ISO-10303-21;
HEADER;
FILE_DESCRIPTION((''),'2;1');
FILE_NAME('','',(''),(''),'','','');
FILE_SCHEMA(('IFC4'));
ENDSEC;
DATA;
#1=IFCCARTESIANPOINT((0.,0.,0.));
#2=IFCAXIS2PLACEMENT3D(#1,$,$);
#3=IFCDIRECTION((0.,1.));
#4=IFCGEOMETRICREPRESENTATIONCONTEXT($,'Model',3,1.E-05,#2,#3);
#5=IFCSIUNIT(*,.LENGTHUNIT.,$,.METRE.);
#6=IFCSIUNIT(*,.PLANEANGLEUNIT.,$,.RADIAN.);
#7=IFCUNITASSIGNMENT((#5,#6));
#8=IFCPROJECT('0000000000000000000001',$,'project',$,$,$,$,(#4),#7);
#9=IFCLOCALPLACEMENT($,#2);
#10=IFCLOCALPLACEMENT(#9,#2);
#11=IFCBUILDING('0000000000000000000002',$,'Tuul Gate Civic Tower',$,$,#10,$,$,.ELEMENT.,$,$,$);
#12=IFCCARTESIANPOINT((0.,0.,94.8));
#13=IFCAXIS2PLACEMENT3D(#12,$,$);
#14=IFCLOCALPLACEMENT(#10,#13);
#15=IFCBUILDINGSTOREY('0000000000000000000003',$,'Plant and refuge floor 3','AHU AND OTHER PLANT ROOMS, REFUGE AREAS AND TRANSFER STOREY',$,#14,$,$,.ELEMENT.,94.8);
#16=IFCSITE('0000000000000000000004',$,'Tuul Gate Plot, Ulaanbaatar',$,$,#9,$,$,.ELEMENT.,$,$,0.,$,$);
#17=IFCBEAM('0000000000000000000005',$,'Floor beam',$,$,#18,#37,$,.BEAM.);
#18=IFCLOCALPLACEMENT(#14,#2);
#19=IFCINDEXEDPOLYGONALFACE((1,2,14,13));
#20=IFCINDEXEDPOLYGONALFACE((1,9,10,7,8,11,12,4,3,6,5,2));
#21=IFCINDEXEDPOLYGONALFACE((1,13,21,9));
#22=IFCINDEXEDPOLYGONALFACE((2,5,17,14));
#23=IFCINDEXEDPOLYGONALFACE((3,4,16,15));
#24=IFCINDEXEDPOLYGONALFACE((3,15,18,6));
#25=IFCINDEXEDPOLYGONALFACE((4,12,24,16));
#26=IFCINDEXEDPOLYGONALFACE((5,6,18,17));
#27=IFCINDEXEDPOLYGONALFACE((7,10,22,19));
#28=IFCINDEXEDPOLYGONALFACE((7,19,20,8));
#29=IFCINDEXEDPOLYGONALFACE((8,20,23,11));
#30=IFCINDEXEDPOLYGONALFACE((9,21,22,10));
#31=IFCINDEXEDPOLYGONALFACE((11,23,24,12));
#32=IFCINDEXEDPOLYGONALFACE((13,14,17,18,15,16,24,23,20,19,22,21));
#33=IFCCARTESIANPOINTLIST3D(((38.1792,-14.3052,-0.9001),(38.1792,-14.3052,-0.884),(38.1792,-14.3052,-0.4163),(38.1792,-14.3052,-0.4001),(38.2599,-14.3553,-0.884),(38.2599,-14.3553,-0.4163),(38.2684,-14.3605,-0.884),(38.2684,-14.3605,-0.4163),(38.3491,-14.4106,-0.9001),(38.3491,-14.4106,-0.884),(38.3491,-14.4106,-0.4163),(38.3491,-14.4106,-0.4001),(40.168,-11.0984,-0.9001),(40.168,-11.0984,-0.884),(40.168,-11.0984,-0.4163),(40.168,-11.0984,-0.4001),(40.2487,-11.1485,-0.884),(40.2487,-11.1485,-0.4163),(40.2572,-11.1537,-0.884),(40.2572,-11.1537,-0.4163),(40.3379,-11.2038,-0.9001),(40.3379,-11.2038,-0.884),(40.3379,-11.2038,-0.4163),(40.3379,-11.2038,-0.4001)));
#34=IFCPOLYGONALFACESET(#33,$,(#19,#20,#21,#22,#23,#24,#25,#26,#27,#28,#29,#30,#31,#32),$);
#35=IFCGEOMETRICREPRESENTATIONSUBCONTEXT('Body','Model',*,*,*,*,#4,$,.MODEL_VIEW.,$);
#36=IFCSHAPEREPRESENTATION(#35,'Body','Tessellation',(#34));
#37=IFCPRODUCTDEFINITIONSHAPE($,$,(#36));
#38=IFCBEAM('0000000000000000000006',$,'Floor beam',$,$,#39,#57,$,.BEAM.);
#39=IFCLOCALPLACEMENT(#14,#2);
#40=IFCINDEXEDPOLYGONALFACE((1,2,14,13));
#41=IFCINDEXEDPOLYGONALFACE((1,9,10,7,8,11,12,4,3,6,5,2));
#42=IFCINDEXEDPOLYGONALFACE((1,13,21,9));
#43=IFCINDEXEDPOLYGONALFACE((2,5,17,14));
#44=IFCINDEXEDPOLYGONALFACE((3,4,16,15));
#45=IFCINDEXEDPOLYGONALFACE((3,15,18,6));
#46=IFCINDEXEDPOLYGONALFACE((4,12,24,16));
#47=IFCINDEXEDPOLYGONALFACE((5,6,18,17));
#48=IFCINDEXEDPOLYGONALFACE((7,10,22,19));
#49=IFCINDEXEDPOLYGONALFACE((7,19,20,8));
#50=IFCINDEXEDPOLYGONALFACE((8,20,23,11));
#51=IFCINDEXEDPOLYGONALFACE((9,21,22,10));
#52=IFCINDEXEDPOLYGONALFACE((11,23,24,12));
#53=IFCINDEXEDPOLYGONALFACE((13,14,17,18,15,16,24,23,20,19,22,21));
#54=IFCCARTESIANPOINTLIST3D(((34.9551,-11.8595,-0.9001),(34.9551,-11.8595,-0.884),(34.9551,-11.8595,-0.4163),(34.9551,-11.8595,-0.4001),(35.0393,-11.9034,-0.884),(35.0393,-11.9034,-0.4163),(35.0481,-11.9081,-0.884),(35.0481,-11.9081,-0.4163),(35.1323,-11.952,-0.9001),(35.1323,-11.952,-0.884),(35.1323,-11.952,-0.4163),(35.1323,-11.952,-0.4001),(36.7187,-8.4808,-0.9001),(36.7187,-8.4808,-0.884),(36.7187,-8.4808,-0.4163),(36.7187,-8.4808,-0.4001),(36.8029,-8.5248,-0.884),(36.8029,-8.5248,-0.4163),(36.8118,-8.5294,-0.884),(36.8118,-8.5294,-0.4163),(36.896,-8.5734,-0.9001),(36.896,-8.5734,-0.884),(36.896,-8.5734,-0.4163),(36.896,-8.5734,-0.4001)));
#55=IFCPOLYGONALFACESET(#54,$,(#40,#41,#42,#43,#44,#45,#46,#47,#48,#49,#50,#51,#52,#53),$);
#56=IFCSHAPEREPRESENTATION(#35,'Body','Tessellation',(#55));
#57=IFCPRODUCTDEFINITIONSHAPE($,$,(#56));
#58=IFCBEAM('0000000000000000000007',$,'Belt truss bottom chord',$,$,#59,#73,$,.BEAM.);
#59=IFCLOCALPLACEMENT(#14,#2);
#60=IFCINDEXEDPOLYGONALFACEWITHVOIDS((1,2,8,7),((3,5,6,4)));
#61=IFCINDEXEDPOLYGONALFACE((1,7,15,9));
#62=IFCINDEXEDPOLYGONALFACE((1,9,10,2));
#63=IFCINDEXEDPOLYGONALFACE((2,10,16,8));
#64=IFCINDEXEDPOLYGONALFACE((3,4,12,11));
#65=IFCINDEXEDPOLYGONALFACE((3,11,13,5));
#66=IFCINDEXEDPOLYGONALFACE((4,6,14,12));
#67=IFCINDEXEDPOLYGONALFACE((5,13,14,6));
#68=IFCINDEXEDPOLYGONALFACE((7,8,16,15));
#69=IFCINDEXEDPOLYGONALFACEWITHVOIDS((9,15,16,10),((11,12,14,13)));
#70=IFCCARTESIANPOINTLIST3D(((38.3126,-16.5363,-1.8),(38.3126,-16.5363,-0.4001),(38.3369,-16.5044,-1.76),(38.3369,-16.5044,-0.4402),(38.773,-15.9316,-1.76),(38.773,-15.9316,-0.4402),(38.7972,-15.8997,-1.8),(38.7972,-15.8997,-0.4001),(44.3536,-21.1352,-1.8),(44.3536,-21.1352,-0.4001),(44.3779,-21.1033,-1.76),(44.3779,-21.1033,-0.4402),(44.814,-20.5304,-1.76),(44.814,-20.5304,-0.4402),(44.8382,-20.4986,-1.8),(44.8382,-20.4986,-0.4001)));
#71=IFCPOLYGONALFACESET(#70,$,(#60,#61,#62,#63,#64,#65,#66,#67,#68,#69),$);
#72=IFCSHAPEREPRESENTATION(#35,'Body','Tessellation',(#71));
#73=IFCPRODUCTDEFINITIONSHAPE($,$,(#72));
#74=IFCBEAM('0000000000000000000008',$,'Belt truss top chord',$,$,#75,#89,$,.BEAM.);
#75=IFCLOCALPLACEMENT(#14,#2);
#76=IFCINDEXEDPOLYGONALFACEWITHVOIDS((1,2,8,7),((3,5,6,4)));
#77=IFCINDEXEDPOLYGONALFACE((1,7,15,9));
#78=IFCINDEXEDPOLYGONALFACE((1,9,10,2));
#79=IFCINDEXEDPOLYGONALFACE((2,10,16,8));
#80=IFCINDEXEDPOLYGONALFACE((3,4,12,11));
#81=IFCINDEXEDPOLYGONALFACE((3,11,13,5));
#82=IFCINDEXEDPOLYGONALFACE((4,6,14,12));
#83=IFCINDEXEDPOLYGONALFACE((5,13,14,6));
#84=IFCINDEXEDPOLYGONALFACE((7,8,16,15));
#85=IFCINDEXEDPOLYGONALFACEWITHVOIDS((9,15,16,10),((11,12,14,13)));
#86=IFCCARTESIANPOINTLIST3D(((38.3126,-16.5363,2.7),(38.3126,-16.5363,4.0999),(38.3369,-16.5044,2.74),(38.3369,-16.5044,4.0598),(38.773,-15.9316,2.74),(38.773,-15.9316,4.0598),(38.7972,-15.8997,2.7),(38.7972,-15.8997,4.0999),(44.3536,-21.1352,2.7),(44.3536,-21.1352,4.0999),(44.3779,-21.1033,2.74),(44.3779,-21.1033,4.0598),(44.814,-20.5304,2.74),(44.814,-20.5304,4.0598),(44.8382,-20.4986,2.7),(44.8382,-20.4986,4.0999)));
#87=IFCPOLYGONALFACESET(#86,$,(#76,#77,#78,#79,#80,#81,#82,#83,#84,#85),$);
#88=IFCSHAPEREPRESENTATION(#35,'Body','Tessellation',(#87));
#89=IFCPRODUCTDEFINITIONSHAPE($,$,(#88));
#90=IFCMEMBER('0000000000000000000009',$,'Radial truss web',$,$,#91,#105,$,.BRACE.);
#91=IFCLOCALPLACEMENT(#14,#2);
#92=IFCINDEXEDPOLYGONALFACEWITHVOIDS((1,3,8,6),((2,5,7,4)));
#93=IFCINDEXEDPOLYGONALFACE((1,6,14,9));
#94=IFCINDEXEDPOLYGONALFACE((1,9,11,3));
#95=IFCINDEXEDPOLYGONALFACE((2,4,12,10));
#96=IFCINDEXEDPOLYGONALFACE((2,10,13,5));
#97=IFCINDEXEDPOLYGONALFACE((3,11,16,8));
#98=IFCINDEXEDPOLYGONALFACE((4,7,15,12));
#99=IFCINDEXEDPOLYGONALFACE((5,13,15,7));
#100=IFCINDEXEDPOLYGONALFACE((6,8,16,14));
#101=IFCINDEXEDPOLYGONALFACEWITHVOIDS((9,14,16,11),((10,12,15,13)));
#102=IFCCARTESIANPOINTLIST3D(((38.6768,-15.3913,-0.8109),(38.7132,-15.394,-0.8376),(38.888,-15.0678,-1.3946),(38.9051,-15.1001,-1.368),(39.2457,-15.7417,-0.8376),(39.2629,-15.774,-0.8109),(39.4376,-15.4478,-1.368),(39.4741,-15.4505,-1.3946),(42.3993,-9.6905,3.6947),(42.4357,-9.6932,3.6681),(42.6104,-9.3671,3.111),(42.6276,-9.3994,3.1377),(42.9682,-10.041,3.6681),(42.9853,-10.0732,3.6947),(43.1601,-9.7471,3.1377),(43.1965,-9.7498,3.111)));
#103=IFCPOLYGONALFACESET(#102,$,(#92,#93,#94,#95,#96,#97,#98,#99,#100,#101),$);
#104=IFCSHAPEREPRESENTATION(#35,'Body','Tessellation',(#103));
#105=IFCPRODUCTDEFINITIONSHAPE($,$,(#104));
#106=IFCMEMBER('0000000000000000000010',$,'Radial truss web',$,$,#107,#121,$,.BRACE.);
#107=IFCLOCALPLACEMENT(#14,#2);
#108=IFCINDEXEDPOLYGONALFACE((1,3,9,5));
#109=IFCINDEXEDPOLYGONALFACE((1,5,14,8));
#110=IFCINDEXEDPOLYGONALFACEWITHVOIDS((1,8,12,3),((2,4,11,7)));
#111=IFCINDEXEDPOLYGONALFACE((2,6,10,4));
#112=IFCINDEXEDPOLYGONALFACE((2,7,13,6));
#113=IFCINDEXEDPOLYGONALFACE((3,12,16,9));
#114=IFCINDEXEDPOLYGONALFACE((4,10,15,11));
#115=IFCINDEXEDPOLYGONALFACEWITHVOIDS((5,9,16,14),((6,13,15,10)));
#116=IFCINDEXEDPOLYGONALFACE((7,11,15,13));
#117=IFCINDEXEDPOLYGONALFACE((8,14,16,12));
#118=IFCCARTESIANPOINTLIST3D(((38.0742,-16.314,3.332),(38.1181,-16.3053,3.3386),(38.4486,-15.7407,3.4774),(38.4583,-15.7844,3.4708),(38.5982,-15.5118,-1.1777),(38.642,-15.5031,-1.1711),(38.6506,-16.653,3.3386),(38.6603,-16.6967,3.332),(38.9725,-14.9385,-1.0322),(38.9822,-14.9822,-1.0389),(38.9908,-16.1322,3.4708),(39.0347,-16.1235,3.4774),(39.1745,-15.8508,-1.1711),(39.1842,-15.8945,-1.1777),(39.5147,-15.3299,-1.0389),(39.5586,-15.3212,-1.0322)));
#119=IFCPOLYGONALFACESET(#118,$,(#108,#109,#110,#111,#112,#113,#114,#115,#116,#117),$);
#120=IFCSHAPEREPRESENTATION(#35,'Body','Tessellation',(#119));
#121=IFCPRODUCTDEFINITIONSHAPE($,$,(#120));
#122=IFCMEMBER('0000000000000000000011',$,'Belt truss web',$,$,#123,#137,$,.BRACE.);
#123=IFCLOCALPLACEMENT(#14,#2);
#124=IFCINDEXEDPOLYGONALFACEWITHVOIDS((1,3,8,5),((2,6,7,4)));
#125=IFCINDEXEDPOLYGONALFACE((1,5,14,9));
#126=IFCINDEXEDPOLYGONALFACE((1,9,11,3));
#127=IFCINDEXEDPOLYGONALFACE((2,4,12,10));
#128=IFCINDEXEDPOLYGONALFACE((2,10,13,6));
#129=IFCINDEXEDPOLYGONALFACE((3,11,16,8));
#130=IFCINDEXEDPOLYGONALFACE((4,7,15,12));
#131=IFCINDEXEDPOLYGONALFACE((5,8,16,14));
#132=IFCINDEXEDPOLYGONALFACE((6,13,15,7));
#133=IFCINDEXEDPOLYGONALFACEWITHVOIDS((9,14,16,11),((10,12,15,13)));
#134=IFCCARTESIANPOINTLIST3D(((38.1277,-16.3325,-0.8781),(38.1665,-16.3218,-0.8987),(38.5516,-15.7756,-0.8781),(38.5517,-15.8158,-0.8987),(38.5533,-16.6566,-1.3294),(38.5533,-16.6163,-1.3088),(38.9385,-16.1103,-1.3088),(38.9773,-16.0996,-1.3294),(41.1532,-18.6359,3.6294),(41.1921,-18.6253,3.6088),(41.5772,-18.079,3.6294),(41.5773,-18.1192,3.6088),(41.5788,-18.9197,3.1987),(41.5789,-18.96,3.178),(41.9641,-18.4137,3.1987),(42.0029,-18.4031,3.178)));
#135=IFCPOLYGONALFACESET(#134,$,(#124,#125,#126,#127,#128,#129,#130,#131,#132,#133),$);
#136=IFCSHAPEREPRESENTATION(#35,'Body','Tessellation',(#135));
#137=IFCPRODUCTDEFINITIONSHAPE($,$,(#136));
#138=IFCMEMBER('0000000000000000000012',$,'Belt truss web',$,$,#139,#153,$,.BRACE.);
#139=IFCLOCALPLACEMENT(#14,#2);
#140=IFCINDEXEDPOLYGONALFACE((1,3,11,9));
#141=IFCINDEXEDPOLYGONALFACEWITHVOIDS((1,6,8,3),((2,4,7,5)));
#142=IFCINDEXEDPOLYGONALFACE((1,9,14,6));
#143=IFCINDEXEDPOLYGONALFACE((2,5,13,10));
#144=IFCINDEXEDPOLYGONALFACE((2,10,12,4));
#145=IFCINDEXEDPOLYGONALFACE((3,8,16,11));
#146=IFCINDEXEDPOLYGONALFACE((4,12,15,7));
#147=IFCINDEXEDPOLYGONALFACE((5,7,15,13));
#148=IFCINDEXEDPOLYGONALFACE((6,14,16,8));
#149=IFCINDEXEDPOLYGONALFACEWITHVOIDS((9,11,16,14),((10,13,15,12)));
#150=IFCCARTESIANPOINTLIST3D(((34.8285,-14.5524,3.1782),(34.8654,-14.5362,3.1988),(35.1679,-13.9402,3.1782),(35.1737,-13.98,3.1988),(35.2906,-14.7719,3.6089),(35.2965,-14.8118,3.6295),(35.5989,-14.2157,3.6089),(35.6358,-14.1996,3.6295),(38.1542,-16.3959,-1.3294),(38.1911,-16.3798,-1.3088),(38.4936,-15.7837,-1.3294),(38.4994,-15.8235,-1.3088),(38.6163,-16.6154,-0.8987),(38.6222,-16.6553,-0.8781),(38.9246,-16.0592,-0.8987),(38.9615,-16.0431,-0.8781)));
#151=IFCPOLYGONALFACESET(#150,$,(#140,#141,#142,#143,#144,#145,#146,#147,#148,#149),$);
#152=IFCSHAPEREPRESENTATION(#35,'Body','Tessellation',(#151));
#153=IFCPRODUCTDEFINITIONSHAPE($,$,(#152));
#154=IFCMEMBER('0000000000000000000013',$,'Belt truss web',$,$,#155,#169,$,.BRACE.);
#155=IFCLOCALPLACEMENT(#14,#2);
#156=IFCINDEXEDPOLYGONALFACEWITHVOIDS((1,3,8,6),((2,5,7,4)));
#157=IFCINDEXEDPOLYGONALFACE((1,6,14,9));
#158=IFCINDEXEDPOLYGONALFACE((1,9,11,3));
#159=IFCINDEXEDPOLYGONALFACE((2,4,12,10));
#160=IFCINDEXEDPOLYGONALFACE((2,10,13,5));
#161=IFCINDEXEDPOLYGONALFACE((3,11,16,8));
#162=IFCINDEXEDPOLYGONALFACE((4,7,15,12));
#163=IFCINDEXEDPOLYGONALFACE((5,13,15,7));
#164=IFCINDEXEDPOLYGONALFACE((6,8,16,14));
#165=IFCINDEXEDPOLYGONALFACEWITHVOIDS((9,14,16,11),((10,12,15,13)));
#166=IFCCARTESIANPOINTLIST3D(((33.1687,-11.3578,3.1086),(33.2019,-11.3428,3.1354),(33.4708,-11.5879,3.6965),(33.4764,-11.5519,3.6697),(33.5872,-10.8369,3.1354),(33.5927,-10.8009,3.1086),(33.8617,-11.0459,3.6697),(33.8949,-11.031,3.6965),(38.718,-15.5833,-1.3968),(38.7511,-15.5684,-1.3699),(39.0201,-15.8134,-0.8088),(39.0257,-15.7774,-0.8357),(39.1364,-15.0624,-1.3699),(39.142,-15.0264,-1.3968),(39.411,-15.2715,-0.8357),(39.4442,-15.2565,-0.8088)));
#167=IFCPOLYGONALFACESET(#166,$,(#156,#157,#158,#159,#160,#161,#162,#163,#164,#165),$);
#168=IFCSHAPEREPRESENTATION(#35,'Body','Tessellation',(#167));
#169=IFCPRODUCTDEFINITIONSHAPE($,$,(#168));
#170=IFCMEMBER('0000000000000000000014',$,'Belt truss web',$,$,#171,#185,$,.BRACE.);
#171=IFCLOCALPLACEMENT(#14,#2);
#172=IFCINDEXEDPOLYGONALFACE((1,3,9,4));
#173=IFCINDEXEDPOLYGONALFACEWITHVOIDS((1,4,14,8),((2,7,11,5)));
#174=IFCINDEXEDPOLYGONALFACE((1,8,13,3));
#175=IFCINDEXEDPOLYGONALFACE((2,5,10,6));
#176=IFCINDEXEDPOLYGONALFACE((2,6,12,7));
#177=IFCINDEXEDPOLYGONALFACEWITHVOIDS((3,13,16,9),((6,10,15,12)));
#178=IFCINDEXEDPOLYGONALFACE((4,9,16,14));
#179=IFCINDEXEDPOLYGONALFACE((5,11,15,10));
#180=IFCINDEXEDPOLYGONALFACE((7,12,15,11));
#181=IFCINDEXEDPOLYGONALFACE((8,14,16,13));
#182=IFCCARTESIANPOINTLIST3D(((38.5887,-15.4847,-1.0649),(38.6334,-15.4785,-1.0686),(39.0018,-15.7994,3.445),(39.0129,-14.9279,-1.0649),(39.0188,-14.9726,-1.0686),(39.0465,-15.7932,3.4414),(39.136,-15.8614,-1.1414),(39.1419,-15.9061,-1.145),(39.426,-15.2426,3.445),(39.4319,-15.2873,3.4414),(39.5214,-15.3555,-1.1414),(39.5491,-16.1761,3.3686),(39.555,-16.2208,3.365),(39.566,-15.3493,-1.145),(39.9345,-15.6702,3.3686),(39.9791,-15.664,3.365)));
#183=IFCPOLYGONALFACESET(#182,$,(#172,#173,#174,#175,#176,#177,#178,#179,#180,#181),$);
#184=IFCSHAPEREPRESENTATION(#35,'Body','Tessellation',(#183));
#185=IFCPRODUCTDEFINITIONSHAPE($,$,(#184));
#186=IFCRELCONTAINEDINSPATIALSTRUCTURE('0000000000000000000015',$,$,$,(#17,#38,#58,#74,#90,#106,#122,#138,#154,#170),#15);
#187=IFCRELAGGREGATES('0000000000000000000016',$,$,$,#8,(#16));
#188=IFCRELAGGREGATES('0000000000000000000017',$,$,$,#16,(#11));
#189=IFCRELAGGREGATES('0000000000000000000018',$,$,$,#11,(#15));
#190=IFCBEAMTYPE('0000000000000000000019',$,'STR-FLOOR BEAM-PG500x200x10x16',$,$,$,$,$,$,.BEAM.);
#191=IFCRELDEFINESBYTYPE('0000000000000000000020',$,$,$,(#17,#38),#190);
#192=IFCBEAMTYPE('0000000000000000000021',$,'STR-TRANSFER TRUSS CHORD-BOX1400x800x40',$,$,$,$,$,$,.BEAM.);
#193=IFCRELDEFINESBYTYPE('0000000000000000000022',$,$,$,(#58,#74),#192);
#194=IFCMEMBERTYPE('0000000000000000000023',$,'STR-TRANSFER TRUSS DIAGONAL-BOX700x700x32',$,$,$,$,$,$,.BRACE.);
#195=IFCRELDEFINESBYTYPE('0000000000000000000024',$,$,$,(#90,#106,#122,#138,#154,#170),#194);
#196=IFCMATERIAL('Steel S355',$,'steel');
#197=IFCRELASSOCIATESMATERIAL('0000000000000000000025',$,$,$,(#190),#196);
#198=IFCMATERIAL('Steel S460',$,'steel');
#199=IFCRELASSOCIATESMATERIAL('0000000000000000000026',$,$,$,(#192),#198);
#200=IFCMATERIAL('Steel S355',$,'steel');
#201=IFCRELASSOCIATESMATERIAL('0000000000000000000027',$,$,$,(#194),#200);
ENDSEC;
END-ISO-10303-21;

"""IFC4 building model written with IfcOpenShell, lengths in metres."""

from ifc_helpers import new_model, si_unit, direction, frame, origin, origin_2d, place, context, subcontext, project, spatial, hollow_rectangle, i_section, extrude, material, material_profile, profile_set, type_object, element, save


model = new_model("IFC4")

# Units and contexts
model_context = context("Model", 3, precision=1e-05, world=origin(), true_north=direction((0.0, 1.0)))
body_context = subcontext(model_context, "Body", "Model", "MODEL_VIEW")
ifc_project = project(units=[si_unit("LENGTHUNIT", "METRE"), si_unit("PLANEANGLEUNIT", "RADIAN")], contexts=[model_context])

# Site, building, storey
site_placement = place(None, origin())
site = spatial("IfcSite", under=ifc_project, at=site_placement, Name="Tuul Gate Plot, Ulaanbaatar", CompositionType="ELEMENT", RefElevation=0.0)
building_placement = place(site_placement, origin())
building = spatial("IfcBuilding", under=site, at=building_placement, Name="Tuul Gate Civic Tower", CompositionType="ELEMENT")
storey_placement = place(building_placement, frame((0.0, 0.0, 94.8)))
storey = spatial("IfcBuildingStorey", under=building, at=storey_placement, Name="Plant and refuge floor 3", Description="AHU AND OTHER PLANT ROOMS, REFUGE AREAS AND TRANSFER STOREY", CompositionType="ELEMENT", Elevation=94.8)

# Beams
ifc_material_1 = material(Name="Steel S355", Category="steel")
ifc_material_profile_1 = material_profile(ifc_material_1, i_section(OverallWidth=0.2, OverallDepth=0.5, WebThickness=0.01, FlangeThickness=0.0161, at=origin_2d()), Name="PG500x200x10x16")
ifc_profile_set_1 = profile_set([ifc_material_profile_1], Name="Steel S355")
beam_type_1 = type_object("IfcBeamType", Name="STR-FLOOR BEAM-PG500x200x10x16", PredefinedType="BEAM", material=ifc_profile_set_1)
beam_1_placement = place(storey_placement, frame((38.2642, -14.3579, -0.6501), z_axis=(0.527047, 0.849836, 0.0), x_axis=(-0.849836, 0.527047, 0.0)))
element("IfcBeam", 1, at=beam_1_placement, inside=storey, type_object=beam_type_1, Name="Floor beam", PredefinedType="BEAM", context=body_context, shape_type="SweptSolid", body=[
    extrude(i_section(OverallWidth=0.2, OverallDepth=0.5, WebThickness=0.01, FlangeThickness=0.0161, at=origin_2d()), origin(), (0.0, 0.0, 1.0), 3.7734),
])
beam_2_placement = place(storey_placement, frame((35.0437, -11.9058, -0.6501), z_axis=(0.46275, 0.886489, 0.0), x_axis=(-0.886489, 0.46275, 0.0)))
element("IfcBeam", 2, at=beam_2_placement, inside=storey, type_object=beam_type_1, Name="Floor beam", PredefinedType="BEAM", context=body_context, shape_type="SweptSolid", body=[
    extrude(i_section(OverallWidth=0.2, OverallDepth=0.5, WebThickness=0.01, FlangeThickness=0.0161, at=origin_2d()), origin(), (0.0, 0.0, 1.0), 3.8113),
])
ifc_material_2 = material(Name="Steel S460", Category="steel")
ifc_material_profile_2 = material_profile(ifc_material_2, hollow_rectangle(XDim=0.8, YDim=1.3999, WallThickness=0.04, at=origin_2d()), Name="BOX1400x800x40")
ifc_profile_set_2 = profile_set([ifc_material_profile_2], Name="Steel S460")
beam_type_2 = type_object("IfcBeamType", Name="STR-TRANSFER TRUSS CHORD-BOX1400x800x40", PredefinedType="BEAM", material=ifc_profile_set_2)
for number, where, z_axis, x_axis, name in (
    (3, (38.5549, -16.218, -1.1001), (0.795673, -0.605726, 0.0), (0.605726, 0.795673, 0.0), "Belt truss bottom chord"),
    (4, (38.5549, -16.218, 3.3999), (0.795673, -0.605726, 0.0), (0.605726, 0.795673, 0.0), "Belt truss top chord"),
):
    element("IfcBeam", number, at=place(storey_placement, frame(where, z_axis=z_axis, x_axis=x_axis)), inside=storey, type_object=beam_type_2, Name=name, PredefinedType="BEAM", context=body_context, shape_type="SweptSolid", body=[
        extrude(hollow_rectangle(XDim=0.8, YDim=1.3999, WallThickness=0.04, at=origin_2d()), origin(), (0.0, 0.0, 1.0), 7.5923),
    ])

# Members
ifc_material_3 = material(Name="Steel S355", Category="steel")
ifc_material_profile_3 = material_profile(ifc_material_3, hollow_rectangle(XDim=0.7, YDim=0.7, WallThickness=0.032, at=origin_2d()), Name="BOX700x700x32")
ifc_profile_set_3 = profile_set([ifc_material_profile_3], Name="Steel S355")
member_type_1 = type_object("IfcMemberType", Name="STR-TRANSFER TRUSS DIAGONAL-BOX700x700x32", PredefinedType="BRACE", material=ifc_profile_set_3)
member_1_placement = place(storey_placement, frame((39.0754, -15.4209, -1.1028), z_axis=(0.455941, 0.698251, 0.551872), x_axis=(-0.837303, 0.546739, 0.0)))
element("IfcMember", 5, at=member_1_placement, inside=storey, type_object=member_type_1, Name="Radial truss web", PredefinedType="BRACE", context=body_context, shape_type="SweptSolid", body=[
    extrude(hollow_rectangle(XDim=0.7, YDim=0.7, WallThickness=0.032, at=origin_2d()), origin(), (0.0, 0.0, 1.0), 8.1643),
])
member_2_placement = place(storey_placement, frame((39.0784, -15.4165, -1.105), z_axis=(-0.113639, -0.174007, 0.978166), x_axis=(0.837266, -0.546796, 0.0)))
element("IfcMember", 6, at=member_2_placement, inside=storey, type_object=member_type_1, Name="Radial truss web", PredefinedType="BRACE", context=body_context, shape_type="SweptSolid", body=[
    extrude(hollow_rectangle(XDim=0.7, YDim=0.7, WallThickness=0.032, at=origin_2d()), origin(), (0.0, 0.0, 1.0), 4.6104),
])
for number, where, z_axis, x_axis, name in (
    (7, (38.5525, -16.2161, -1.1038), (0.513051, -0.390594, 0.764339), (0.605747, 0.795657, 0.0), "Belt truss web"),
    (8, (38.5579, -16.2195, -1.1038), (-0.563944, 0.312607, 0.764359), (-0.48482, -0.874614, 0.0), "Belt truss web"),
):
    element("IfcMember", number, at=place(storey_placement, frame(where, z_axis=z_axis, x_axis=x_axis)), inside=storey, type_object=member_type_1, Name=name, PredefinedType="BRACE", context=body_context, shape_type="SweptSolid", body=[
        extrude(hollow_rectangle(XDim=0.7, YDim=0.7, WallThickness=0.032, at=origin_2d()), origin(), (0.0, 0.0, 1.0), 5.8972),
    ])
member_3_placement = place(storey_placement, frame((39.0811, -15.4199, -1.1028), z_axis=(-0.668307, 0.508889, 0.542584), x_axis=(-0.60582, -0.795602, 0.0)))
element("IfcMember", 9, at=member_3_placement, inside=storey, type_object=member_type_1, Name="Belt truss web", PredefinedType="BRACE", context=body_context, shape_type="SweptSolid", body=[
    extrude(hollow_rectangle(XDim=0.7, YDim=0.7, WallThickness=0.032, at=origin_2d()), origin(), (0.0, 0.0, 1.0), 8.3035),
])
member_4_placement = place(storey_placement, frame((39.0774, -15.417, -1.105), z_axis=(0.090992, -0.06932, 0.993436), x_axis=(0.606001, 0.795464, 0.0)))
element("IfcMember", 10, at=member_4_placement, inside=storey, type_object=member_type_1, Name="Belt truss web", PredefinedType="BRACE", context=body_context, shape_type="SweptSolid", body=[
    extrude(hollow_rectangle(XDim=0.7, YDim=0.7, WallThickness=0.032, at=origin_2d()), origin(), (0.0, 0.0, 1.0), 4.5398),
])

save(model, "model.ifc")
